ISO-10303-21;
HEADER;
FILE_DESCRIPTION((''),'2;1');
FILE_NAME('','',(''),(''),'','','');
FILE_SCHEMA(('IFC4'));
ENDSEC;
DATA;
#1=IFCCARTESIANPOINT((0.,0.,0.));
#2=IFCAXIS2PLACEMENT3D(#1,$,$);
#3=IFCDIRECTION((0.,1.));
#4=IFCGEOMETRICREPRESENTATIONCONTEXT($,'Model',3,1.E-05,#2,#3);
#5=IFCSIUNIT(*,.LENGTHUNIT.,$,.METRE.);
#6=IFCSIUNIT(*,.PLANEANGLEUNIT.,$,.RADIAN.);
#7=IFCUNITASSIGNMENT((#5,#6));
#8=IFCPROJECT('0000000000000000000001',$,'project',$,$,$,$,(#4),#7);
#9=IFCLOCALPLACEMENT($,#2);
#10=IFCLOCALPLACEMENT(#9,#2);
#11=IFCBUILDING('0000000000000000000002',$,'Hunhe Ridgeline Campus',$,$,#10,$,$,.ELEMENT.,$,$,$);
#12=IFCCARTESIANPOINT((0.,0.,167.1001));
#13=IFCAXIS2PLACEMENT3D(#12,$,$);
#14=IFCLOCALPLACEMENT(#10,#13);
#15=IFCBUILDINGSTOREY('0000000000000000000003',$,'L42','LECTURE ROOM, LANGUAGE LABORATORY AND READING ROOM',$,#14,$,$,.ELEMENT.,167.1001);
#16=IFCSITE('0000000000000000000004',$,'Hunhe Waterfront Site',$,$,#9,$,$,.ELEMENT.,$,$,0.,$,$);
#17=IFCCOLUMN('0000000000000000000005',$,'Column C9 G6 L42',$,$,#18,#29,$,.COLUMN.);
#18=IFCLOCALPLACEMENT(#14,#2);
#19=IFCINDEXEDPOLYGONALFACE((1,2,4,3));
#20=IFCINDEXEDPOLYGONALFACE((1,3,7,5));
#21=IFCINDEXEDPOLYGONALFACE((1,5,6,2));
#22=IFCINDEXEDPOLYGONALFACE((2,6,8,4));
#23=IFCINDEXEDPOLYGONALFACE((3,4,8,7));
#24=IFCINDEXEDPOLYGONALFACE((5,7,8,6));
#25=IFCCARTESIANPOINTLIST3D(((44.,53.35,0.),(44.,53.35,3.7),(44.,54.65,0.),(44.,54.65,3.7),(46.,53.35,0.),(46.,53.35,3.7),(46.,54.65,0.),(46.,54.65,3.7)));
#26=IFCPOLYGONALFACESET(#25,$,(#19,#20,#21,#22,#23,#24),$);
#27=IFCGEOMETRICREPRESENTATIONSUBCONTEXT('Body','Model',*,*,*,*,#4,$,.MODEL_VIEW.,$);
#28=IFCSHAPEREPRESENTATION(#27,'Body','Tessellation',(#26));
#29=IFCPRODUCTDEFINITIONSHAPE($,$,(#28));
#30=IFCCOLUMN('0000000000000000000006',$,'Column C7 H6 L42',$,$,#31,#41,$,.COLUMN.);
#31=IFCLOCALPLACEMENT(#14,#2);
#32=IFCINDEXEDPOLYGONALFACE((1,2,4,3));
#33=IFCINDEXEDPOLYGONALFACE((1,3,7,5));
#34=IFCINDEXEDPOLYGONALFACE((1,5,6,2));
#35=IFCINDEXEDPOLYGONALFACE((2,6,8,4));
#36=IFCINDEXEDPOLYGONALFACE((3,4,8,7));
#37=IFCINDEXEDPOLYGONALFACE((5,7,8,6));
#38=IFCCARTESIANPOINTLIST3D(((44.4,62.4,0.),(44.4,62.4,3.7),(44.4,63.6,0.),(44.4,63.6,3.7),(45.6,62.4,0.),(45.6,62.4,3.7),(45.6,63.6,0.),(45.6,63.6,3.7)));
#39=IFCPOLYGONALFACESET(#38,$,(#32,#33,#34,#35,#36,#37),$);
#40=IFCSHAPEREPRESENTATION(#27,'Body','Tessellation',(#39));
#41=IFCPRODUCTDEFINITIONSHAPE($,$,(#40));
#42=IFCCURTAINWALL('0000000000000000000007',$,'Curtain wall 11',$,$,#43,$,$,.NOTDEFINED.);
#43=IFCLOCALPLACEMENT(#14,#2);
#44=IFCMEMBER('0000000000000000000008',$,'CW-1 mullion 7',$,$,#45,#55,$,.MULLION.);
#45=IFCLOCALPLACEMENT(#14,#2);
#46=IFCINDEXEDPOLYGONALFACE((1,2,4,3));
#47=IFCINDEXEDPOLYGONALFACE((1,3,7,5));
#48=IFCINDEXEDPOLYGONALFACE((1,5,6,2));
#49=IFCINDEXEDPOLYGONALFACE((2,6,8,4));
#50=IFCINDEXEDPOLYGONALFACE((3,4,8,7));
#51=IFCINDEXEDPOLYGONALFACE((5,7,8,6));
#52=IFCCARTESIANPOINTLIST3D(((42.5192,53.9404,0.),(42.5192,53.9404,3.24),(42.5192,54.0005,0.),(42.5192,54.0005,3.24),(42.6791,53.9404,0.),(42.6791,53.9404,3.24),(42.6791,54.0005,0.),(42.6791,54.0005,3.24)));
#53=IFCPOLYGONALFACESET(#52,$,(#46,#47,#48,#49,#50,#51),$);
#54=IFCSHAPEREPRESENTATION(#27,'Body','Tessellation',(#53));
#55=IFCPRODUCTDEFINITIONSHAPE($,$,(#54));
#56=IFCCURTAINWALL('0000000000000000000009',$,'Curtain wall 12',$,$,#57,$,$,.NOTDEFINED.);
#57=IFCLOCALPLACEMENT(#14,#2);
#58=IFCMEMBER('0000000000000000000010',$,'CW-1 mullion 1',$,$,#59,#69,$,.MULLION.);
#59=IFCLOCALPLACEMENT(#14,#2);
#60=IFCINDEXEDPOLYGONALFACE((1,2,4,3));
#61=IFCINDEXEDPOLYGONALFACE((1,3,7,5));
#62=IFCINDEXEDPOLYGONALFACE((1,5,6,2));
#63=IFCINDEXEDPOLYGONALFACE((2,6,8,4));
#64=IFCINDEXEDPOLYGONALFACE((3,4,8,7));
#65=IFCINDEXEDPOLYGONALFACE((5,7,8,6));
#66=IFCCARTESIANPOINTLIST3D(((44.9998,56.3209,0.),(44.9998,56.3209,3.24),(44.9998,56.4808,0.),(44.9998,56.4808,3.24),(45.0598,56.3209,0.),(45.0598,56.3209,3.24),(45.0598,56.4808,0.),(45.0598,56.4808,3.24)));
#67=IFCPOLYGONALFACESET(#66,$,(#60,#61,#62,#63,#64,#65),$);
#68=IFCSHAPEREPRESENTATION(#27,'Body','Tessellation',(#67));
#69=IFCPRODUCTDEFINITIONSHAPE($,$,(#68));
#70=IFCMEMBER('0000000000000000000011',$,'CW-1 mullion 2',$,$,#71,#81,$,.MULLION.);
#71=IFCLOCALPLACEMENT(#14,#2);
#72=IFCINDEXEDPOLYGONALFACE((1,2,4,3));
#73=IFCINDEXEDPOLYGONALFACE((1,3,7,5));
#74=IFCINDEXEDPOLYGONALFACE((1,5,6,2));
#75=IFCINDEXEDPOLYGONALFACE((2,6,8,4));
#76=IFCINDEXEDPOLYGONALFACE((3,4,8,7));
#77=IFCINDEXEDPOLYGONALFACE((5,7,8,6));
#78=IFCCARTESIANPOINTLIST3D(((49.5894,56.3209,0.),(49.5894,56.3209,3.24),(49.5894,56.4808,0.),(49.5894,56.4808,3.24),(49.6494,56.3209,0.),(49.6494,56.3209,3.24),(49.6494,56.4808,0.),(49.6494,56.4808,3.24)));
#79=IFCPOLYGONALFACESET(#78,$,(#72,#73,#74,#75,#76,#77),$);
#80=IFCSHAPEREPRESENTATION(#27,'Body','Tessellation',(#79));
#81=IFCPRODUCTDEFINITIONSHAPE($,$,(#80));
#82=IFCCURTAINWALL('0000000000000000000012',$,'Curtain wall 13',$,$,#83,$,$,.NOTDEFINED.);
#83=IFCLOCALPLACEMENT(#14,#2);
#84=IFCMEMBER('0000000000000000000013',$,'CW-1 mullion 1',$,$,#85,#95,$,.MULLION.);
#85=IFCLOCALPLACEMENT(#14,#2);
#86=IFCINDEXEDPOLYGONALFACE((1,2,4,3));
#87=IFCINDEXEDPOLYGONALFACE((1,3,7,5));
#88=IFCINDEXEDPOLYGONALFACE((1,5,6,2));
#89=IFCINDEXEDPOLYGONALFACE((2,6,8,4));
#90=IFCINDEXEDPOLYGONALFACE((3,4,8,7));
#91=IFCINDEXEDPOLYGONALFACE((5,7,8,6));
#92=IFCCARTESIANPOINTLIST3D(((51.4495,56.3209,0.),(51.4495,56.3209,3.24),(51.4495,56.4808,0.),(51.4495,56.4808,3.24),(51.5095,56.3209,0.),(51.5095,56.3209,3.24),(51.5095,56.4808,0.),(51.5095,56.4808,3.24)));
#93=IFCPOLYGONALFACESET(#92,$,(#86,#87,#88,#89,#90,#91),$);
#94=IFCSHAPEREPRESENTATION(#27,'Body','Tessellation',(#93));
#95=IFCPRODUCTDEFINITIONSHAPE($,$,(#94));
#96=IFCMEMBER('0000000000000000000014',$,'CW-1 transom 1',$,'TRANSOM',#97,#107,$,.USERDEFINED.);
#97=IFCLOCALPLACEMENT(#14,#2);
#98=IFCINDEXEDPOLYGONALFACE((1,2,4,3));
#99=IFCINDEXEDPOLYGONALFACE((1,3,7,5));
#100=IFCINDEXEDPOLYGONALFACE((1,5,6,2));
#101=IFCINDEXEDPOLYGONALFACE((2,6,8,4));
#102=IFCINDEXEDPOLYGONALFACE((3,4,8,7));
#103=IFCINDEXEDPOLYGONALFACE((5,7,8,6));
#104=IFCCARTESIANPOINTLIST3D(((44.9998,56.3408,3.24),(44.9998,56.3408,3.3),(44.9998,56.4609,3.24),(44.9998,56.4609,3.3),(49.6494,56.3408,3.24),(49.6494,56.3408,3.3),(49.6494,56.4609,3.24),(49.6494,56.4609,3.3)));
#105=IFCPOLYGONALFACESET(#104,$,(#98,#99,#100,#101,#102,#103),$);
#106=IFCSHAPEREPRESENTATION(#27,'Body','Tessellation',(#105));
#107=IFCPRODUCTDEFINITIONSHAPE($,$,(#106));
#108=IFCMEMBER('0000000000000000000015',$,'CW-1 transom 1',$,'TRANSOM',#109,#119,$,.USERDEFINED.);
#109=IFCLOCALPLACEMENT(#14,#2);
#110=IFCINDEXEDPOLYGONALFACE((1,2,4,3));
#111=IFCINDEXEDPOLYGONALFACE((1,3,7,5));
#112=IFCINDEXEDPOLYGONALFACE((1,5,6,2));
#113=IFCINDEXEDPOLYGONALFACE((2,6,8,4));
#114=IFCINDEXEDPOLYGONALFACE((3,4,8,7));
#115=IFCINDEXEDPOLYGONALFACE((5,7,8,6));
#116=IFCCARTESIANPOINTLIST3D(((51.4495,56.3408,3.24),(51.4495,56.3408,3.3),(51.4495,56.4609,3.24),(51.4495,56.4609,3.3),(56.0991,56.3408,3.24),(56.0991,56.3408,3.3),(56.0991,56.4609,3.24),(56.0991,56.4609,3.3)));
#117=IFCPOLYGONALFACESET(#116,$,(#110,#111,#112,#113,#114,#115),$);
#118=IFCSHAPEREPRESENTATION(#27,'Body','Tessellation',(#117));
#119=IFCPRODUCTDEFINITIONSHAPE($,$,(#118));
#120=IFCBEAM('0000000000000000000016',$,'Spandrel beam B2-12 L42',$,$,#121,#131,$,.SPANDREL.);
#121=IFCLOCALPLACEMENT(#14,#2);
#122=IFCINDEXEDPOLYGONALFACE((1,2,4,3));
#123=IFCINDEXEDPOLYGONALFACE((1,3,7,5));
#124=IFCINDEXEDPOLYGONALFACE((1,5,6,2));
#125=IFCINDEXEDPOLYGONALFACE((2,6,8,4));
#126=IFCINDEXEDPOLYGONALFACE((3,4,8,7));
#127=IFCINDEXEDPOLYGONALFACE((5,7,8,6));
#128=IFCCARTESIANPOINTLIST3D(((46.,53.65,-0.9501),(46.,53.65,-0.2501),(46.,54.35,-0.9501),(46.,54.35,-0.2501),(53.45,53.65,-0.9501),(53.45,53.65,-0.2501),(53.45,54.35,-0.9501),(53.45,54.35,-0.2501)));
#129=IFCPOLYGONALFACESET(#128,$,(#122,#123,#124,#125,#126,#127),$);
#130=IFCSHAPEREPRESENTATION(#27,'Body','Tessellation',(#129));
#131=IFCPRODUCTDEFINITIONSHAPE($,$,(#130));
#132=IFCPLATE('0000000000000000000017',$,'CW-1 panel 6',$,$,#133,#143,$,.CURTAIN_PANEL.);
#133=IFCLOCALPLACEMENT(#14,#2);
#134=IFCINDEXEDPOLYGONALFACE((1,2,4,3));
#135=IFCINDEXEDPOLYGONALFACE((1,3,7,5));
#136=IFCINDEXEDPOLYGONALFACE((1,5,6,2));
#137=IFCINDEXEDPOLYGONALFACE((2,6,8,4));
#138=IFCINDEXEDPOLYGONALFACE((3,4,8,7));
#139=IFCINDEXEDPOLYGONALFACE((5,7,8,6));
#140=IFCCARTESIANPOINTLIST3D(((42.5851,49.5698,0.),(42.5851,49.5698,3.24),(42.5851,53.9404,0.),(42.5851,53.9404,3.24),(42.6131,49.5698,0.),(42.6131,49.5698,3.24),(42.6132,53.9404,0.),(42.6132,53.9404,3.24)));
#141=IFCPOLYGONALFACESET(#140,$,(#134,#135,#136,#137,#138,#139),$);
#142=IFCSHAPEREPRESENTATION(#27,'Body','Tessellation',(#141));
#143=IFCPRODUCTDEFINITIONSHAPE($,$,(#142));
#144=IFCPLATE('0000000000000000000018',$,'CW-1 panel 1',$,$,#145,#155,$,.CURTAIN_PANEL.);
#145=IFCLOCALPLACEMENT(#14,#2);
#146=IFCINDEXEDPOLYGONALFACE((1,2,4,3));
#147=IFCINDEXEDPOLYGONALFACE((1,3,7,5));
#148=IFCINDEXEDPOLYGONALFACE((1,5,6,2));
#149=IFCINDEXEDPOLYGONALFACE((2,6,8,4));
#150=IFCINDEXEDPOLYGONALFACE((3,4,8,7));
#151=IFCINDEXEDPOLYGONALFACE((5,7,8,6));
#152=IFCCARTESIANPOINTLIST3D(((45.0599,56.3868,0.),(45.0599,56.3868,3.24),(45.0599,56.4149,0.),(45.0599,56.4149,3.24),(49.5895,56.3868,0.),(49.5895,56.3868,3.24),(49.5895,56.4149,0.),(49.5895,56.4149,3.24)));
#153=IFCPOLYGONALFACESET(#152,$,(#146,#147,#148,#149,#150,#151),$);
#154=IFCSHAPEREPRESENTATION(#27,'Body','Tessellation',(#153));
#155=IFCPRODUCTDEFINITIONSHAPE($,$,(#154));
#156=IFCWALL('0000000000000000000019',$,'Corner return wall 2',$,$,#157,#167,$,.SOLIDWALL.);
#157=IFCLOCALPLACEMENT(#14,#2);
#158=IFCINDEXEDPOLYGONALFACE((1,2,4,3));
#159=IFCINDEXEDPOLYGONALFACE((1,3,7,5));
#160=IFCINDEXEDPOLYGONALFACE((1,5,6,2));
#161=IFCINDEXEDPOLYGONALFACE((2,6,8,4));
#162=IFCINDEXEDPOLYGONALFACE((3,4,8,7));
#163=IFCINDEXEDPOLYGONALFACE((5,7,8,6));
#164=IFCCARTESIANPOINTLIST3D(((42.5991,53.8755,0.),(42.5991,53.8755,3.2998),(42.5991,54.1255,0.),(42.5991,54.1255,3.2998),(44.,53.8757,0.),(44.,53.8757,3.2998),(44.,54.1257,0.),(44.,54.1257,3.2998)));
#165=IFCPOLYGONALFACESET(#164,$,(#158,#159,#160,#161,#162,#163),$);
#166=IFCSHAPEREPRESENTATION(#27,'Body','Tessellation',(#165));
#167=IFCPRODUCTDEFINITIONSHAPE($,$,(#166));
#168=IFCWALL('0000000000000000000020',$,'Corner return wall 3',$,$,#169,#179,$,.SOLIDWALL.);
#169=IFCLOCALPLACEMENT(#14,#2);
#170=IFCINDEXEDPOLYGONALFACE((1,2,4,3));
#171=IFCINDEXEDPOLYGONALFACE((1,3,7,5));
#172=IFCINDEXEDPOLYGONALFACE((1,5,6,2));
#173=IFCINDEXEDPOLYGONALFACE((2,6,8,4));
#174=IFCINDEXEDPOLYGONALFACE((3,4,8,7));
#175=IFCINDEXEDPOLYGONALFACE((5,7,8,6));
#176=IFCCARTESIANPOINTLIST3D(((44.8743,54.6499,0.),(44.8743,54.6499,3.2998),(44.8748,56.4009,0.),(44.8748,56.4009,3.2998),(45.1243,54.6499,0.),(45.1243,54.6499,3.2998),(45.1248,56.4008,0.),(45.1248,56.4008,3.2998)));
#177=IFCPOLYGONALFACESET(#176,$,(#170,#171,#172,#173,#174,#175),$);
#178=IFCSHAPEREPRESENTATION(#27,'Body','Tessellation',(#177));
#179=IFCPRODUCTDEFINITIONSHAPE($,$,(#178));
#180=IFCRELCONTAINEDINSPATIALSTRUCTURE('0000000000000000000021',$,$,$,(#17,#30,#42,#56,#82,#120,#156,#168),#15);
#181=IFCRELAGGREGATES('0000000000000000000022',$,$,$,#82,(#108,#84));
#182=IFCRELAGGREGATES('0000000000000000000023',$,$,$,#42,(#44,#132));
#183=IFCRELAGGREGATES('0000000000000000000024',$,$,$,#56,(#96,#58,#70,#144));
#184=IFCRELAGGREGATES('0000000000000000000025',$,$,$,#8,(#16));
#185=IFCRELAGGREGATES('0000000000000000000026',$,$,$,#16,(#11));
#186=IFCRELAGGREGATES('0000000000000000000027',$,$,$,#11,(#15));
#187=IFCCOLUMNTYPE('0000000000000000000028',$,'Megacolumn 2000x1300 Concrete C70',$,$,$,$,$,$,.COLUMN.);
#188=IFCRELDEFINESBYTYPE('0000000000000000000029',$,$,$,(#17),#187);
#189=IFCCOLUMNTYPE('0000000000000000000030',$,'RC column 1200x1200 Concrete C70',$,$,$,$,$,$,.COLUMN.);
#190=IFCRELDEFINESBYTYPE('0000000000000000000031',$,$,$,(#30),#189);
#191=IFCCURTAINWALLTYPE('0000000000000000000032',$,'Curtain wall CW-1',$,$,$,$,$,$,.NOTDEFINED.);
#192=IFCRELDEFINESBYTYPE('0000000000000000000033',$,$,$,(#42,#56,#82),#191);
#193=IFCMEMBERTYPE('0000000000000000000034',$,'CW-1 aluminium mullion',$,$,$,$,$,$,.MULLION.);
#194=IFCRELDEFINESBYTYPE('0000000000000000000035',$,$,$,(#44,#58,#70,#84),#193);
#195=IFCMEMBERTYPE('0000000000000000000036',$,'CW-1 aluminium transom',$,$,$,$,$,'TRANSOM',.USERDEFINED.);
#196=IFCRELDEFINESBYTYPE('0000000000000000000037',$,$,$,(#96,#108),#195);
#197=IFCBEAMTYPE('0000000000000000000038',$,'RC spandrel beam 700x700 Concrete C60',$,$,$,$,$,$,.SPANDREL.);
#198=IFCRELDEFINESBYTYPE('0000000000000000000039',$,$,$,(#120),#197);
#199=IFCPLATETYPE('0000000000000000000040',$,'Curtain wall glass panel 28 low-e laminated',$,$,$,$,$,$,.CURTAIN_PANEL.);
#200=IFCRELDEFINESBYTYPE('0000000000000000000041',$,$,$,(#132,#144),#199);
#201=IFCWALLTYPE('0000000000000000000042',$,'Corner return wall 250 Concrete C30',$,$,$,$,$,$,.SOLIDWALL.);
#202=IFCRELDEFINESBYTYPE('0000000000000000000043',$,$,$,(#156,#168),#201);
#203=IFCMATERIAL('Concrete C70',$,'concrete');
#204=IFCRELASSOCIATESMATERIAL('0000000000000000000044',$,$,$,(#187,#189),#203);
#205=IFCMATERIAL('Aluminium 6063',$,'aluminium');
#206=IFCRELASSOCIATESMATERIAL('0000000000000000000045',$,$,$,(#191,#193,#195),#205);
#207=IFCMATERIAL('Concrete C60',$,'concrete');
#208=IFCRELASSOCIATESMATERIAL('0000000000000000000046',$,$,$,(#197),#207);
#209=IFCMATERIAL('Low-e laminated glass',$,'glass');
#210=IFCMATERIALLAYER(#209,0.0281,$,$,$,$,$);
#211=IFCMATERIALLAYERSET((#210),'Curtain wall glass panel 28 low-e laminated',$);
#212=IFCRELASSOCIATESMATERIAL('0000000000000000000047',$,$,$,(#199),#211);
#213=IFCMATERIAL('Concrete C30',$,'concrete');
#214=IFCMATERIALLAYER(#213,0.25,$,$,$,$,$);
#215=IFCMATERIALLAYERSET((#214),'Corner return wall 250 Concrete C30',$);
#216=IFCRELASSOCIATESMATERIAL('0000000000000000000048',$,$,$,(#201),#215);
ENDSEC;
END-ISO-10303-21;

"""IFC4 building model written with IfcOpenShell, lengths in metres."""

from ifc_helpers import new_model, si_unit, direction, frame, frame_2d, origin, origin_2d, place, context, subcontext, project, spatial, rectangle, extrude, material, layer, layer_set, material_profile, profile_set, type_object, element, aggregate, save


model = new_model("IFC4")

# Units and contexts
model_context = context("Model", 3, precision=1e-05, world=origin(), true_north=direction((0.0, 1.0)))
body_context = subcontext(model_context, "Body", "Model", "MODEL_VIEW")
ifc_project = project(units=[si_unit("LENGTHUNIT", "METRE"), si_unit("PLANEANGLEUNIT", "RADIAN")], contexts=[model_context])

# Site, building, storey
site_placement = place(None, origin())
site = spatial("IfcSite", under=ifc_project, at=site_placement, Name="Hunhe Waterfront Site", CompositionType="ELEMENT", RefElevation=0.0)
building_placement = place(site_placement, origin())
building = spatial("IfcBuilding", under=site, at=building_placement, Name="Hunhe Ridgeline Campus", CompositionType="ELEMENT")
storey_placement = place(building_placement, frame((0.0, 0.0, 167.1001)))
storey = spatial("IfcBuildingStorey", under=building, at=storey_placement, Name="L42", Description="LECTURE ROOM, LANGUAGE LABORATORY AND READING ROOM", CompositionType="ELEMENT", Elevation=167.1001)

# Columns
ifc_material_1 = material(Name="Concrete C70", Category="concrete")
ifc_material_profile_1 = material_profile(ifc_material_1, rectangle(XDim=2.0, YDim=1.3, at=origin_2d()))
ifc_profile_set_1 = profile_set([ifc_material_profile_1], Name="Concrete C70")
column_type_1 = type_object("IfcColumnType", Name="Megacolumn 2000x1300 Concrete C70", PredefinedType="COLUMN", material=ifc_profile_set_1)
column_1_placement = place(storey_placement, frame((45.0, 54.0, 0.0), z_axis=(0.0, 0.0, 1.0), x_axis=(1.0, 0.0, 0.0)))
element("IfcColumn", 1, at=column_1_placement, inside=storey, type_object=column_type_1, Name="Column C9 G6 L42", PredefinedType="COLUMN", context=body_context, shape_type="SweptSolid", body=[
    extrude(rectangle(XDim=2.0, YDim=1.3, at=origin_2d()), origin(), (0.0, 0.0, 1.0), 3.7),
])
ifc_material_profile_2 = material_profile(ifc_material_1, rectangle(XDim=1.2, YDim=1.2, at=origin_2d()))
ifc_profile_set_2 = profile_set([ifc_material_profile_2], Name="Concrete C70")
column_type_2 = type_object("IfcColumnType", Name="RC column 1200x1200 Concrete C70", PredefinedType="COLUMN", material=ifc_profile_set_2)
column_2_placement = place(storey_placement, frame((45.0, 63.0, 0.0), z_axis=(0.0, 0.0, 1.0), x_axis=(1.0, 0.0, 0.0)))
element("IfcColumn", 2, at=column_2_placement, inside=storey, type_object=column_type_2, Name="Column C7 H6 L42", PredefinedType="COLUMN", context=body_context, shape_type="SweptSolid", body=[
    extrude(rectangle(XDim=1.2, YDim=1.2, at=origin_2d()), origin(), (0.0, 0.0, 1.0), 3.7),
])

# Curtain wall, member
ifc_material_2 = material(Name="Aluminium 6063", Category="aluminium")
curtain_wall_type = type_object("IfcCurtainWallType", Name="Curtain wall CW-1", PredefinedType="NOTDEFINED", material=ifc_material_2)
curtain_wall_1_placement = place(storey_placement, origin())
curtain_wall_1 = element("IfcCurtainWall", 3, at=curtain_wall_1_placement, inside=storey, type_object=curtain_wall_type, Name="Curtain wall 11", PredefinedType="NOTDEFINED")
ifc_material_profile_3 = material_profile(ifc_material_2, rectangle(XDim=0.1599, YDim=0.0601, at=origin_2d()))
ifc_profile_set_3 = profile_set([ifc_material_profile_3], Name="Aluminium 6063")
member_type_1 = type_object("IfcMemberType", Name="CW-1 aluminium mullion", PredefinedType="MULLION", material=ifc_profile_set_3)
member_1_placement = place(storey_placement, frame((42.5991, 53.9705, 0.0), z_axis=(0.0, 0.0, 1.0), x_axis=(-1.0, 0.000004, 0.0)))
member_1 = element("IfcMember", 4, at=member_1_placement, type_object=member_type_1, Name="CW-1 mullion 7", PredefinedType="MULLION", context=body_context, shape_type="SweptSolid", body=[
    extrude(rectangle(XDim=0.1599, YDim=0.0601, at=origin_2d()), origin(), (0.0, 0.0, 1.0), 3.24),
])

# Curtain wall, members
curtain_wall_2_placement = place(storey_placement, origin())
curtain_wall_2 = element("IfcCurtainWall", 5, at=curtain_wall_2_placement, inside=storey, type_object=curtain_wall_type, Name="Curtain wall 12", PredefinedType="NOTDEFINED")
member_2_placement = place(storey_placement, frame((45.0298, 56.4009, 0.0), z_axis=(0.0, 0.0, 1.0), x_axis=(-0.000002, 1.0, 0.0)))
member_2 = element("IfcMember", 6, at=member_2_placement, type_object=member_type_1, Name="CW-1 mullion 1", PredefinedType="MULLION", context=body_context, shape_type="SweptSolid", body=[
    extrude(rectangle(XDim=0.1599, YDim=0.0601, at=origin_2d()), origin(), (0.0, 0.0, 1.0), 3.24),
])
member_3_placement = place(storey_placement, frame((49.6194, 56.4009, 0.0), z_axis=(0.0, 0.0, 1.0), x_axis=(-0.000002, 1.0, 0.0)))
member_3 = element("IfcMember", 7, at=member_3_placement, type_object=member_type_1, Name="CW-1 mullion 2", PredefinedType="MULLION", context=body_context, shape_type="SweptSolid", body=[
    extrude(rectangle(XDim=0.1599, YDim=0.0601, at=origin_2d()), origin(), (0.0, 0.0, 1.0), 3.24),
])

# Curtain wall, member
curtain_wall_3_placement = place(storey_placement, origin())
curtain_wall_3 = element("IfcCurtainWall", 8, at=curtain_wall_3_placement, inside=storey, type_object=curtain_wall_type, Name="Curtain wall 13", PredefinedType="NOTDEFINED")
member_4_placement = place(storey_placement, frame((51.4795, 56.4009, 0.0), z_axis=(0.0, 0.0, 1.0), x_axis=(-0.000002, 1.0, 0.0)))
member_4 = element("IfcMember", 9, at=member_4_placement, type_object=member_type_1, Name="CW-1 mullion 1", PredefinedType="MULLION", context=body_context, shape_type="SweptSolid", body=[
    extrude(rectangle(XDim=0.1599, YDim=0.0601, at=origin_2d()), origin(), (0.0, 0.0, 1.0), 3.24),
])

# Members
ifc_material_profile_4 = material_profile(ifc_material_2, rectangle(XDim=0.1201, YDim=0.0601, at=origin_2d()))
ifc_profile_set_4 = profile_set([ifc_material_profile_4], Name="Aluminium 6063")
member_type_2 = type_object("IfcMemberType", Name="CW-1 aluminium transom", ElementType="TRANSOM", PredefinedType="USERDEFINED", material=ifc_profile_set_4)
member_5_placement = place(storey_placement, frame((44.9998, 56.4009, 3.27), z_axis=(1.0, 0.0, 0.0), x_axis=(0.0, 1.0, 0.0)))
member_5 = element("IfcMember", 10, at=member_5_placement, type_object=member_type_2, Name="CW-1 transom 1", ObjectType="TRANSOM", PredefinedType="USERDEFINED", context=body_context, shape_type="SweptSolid", body=[
    extrude(rectangle(XDim=0.1201, YDim=0.0601, at=origin_2d()), origin(), (0.0, 0.0, 1.0), 4.6497),
])
member_6_placement = place(storey_placement, frame((51.4495, 56.4009, 3.27), z_axis=(1.0, 0.0, 0.0), x_axis=(0.0, 1.0, 0.0)))
member_6 = element("IfcMember", 11, at=member_6_placement, type_object=member_type_2, Name="CW-1 transom 1", ObjectType="TRANSOM", PredefinedType="USERDEFINED", context=body_context, shape_type="SweptSolid", body=[
    extrude(rectangle(XDim=0.1201, YDim=0.0601, at=origin_2d()), origin(), (0.0, 0.0, 1.0), 4.6497),
])
aggregate(curtain_wall_3, [member_6, member_4])

# Beam
ifc_material_3 = material(Name="Concrete C60", Category="concrete")
ifc_material_profile_5 = material_profile(ifc_material_3, rectangle(XDim=0.7, YDim=0.7, at=origin_2d()))
ifc_profile_set_5 = profile_set([ifc_material_profile_5], Name="Concrete C60")
beam_type = type_object("IfcBeamType", Name="RC spandrel beam 700x700 Concrete C60", PredefinedType="SPANDREL", material=ifc_profile_set_5)
beam_placement = place(storey_placement, frame((46.0, 54.0, -0.6001), z_axis=(1.0, 0.0, 0.0), x_axis=(0.0, 1.0, 0.0)))
element("IfcBeam", 12, at=beam_placement, inside=storey, type_object=beam_type, Name="Spandrel beam B2-12 L42", PredefinedType="SPANDREL", context=body_context, shape_type="SweptSolid", body=[
    extrude(rectangle(XDim=0.7, YDim=0.7, at=origin_2d()), origin(), (0.0, 0.0, 1.0), 7.45),
])

# Plates
ifc_material_4 = material(Name="Low-e laminated glass", Category="glass")
ifc_layer_1 = layer(ifc_material_4, 0.0281)
ifc_layer_set_1 = layer_set([ifc_layer_1], Name="Curtain wall glass panel 28 low-e laminated")
plate_type = type_object("IfcPlateType", Name="Curtain wall glass panel 28 low-e laminated", PredefinedType="CURTAIN_PANEL", material=ifc_layer_set_1)
plate_1_placement = place(storey_placement, frame((42.5991, 51.7551, 0.0), z_axis=(0.0, 0.0, 1.0), x_axis=(0.000004, 1.0, 0.0)))
plate_1 = element("IfcPlate", 13, at=plate_1_placement, type_object=plate_type, Name="CW-1 panel 6", PredefinedType="CURTAIN_PANEL", context=body_context, shape_type="SweptSolid", body=[
    extrude(rectangle(XDim=4.3706, YDim=0.0281, at=origin_2d()), origin(), (0.0, 0.0, 1.0), 3.24),
])
aggregate(curtain_wall_1, [member_1, plate_1])
plate_2_placement = place(storey_placement, frame((47.3247, 56.4009, 0.0), z_axis=(0.0, 0.0, 1.0), x_axis=(1.0, 0.000002, 0.0)))
plate_2 = element("IfcPlate", 14, at=plate_2_placement, type_object=plate_type, Name="CW-1 panel 1", PredefinedType="CURTAIN_PANEL", context=body_context, shape_type="SweptSolid", body=[
    extrude(rectangle(XDim=4.5295, YDim=0.0281, at=origin_2d()), origin(), (0.0, 0.0, 1.0), 3.24),
])
aggregate(curtain_wall_2, [member_5, member_2, member_3, plate_2])

# Walls
ifc_material_5 = material(Name="Concrete C30", Category="concrete")
ifc_layer_2 = layer(ifc_material_5, 0.25)
ifc_layer_set_2 = layer_set([ifc_layer_2], Name="Corner return wall 250 Concrete C30")
wall_type_1 = type_object("IfcWallType", Name="Corner return wall 250 Concrete C30", PredefinedType="SOLIDWALL", material=ifc_layer_set_2)
wall_1_placement = place(storey_placement, frame((42.5991, 54.0005, 0.0), z_axis=(0.0, 0.0, 1.0), x_axis=(1.0, 0.000174, 0.0)))
element("IfcWall", 15, at=wall_1_placement, inside=storey, type_object=wall_type_1, Name="Corner return wall 2", PredefinedType="SOLIDWALL", context=body_context, shape_type="SweptSolid", body=[
    extrude(rectangle(XDim=1.4009, YDim=0.25, at=frame_2d((0.7004, 0.0))), origin(), (0.0, 0.0, 1.0), 3.2998),
])
wall_2_placement = place(storey_placement, frame((44.9993, 54.6499, 0.0), z_axis=(0.0, 0.0, 1.0), x_axis=(0.000279, 1.0, 0.0)))
element("IfcWall", 16, at=wall_2_placement, inside=storey, type_object=wall_type_1, Name="Corner return wall 3", PredefinedType="SOLIDWALL", context=body_context, shape_type="SweptSolid", body=[
    extrude(rectangle(XDim=1.751, YDim=0.25, at=frame_2d((0.8755, 0.0))), origin(), (0.0, 0.0, 1.0), 3.2998),
])

save(model, "model.ifc")
